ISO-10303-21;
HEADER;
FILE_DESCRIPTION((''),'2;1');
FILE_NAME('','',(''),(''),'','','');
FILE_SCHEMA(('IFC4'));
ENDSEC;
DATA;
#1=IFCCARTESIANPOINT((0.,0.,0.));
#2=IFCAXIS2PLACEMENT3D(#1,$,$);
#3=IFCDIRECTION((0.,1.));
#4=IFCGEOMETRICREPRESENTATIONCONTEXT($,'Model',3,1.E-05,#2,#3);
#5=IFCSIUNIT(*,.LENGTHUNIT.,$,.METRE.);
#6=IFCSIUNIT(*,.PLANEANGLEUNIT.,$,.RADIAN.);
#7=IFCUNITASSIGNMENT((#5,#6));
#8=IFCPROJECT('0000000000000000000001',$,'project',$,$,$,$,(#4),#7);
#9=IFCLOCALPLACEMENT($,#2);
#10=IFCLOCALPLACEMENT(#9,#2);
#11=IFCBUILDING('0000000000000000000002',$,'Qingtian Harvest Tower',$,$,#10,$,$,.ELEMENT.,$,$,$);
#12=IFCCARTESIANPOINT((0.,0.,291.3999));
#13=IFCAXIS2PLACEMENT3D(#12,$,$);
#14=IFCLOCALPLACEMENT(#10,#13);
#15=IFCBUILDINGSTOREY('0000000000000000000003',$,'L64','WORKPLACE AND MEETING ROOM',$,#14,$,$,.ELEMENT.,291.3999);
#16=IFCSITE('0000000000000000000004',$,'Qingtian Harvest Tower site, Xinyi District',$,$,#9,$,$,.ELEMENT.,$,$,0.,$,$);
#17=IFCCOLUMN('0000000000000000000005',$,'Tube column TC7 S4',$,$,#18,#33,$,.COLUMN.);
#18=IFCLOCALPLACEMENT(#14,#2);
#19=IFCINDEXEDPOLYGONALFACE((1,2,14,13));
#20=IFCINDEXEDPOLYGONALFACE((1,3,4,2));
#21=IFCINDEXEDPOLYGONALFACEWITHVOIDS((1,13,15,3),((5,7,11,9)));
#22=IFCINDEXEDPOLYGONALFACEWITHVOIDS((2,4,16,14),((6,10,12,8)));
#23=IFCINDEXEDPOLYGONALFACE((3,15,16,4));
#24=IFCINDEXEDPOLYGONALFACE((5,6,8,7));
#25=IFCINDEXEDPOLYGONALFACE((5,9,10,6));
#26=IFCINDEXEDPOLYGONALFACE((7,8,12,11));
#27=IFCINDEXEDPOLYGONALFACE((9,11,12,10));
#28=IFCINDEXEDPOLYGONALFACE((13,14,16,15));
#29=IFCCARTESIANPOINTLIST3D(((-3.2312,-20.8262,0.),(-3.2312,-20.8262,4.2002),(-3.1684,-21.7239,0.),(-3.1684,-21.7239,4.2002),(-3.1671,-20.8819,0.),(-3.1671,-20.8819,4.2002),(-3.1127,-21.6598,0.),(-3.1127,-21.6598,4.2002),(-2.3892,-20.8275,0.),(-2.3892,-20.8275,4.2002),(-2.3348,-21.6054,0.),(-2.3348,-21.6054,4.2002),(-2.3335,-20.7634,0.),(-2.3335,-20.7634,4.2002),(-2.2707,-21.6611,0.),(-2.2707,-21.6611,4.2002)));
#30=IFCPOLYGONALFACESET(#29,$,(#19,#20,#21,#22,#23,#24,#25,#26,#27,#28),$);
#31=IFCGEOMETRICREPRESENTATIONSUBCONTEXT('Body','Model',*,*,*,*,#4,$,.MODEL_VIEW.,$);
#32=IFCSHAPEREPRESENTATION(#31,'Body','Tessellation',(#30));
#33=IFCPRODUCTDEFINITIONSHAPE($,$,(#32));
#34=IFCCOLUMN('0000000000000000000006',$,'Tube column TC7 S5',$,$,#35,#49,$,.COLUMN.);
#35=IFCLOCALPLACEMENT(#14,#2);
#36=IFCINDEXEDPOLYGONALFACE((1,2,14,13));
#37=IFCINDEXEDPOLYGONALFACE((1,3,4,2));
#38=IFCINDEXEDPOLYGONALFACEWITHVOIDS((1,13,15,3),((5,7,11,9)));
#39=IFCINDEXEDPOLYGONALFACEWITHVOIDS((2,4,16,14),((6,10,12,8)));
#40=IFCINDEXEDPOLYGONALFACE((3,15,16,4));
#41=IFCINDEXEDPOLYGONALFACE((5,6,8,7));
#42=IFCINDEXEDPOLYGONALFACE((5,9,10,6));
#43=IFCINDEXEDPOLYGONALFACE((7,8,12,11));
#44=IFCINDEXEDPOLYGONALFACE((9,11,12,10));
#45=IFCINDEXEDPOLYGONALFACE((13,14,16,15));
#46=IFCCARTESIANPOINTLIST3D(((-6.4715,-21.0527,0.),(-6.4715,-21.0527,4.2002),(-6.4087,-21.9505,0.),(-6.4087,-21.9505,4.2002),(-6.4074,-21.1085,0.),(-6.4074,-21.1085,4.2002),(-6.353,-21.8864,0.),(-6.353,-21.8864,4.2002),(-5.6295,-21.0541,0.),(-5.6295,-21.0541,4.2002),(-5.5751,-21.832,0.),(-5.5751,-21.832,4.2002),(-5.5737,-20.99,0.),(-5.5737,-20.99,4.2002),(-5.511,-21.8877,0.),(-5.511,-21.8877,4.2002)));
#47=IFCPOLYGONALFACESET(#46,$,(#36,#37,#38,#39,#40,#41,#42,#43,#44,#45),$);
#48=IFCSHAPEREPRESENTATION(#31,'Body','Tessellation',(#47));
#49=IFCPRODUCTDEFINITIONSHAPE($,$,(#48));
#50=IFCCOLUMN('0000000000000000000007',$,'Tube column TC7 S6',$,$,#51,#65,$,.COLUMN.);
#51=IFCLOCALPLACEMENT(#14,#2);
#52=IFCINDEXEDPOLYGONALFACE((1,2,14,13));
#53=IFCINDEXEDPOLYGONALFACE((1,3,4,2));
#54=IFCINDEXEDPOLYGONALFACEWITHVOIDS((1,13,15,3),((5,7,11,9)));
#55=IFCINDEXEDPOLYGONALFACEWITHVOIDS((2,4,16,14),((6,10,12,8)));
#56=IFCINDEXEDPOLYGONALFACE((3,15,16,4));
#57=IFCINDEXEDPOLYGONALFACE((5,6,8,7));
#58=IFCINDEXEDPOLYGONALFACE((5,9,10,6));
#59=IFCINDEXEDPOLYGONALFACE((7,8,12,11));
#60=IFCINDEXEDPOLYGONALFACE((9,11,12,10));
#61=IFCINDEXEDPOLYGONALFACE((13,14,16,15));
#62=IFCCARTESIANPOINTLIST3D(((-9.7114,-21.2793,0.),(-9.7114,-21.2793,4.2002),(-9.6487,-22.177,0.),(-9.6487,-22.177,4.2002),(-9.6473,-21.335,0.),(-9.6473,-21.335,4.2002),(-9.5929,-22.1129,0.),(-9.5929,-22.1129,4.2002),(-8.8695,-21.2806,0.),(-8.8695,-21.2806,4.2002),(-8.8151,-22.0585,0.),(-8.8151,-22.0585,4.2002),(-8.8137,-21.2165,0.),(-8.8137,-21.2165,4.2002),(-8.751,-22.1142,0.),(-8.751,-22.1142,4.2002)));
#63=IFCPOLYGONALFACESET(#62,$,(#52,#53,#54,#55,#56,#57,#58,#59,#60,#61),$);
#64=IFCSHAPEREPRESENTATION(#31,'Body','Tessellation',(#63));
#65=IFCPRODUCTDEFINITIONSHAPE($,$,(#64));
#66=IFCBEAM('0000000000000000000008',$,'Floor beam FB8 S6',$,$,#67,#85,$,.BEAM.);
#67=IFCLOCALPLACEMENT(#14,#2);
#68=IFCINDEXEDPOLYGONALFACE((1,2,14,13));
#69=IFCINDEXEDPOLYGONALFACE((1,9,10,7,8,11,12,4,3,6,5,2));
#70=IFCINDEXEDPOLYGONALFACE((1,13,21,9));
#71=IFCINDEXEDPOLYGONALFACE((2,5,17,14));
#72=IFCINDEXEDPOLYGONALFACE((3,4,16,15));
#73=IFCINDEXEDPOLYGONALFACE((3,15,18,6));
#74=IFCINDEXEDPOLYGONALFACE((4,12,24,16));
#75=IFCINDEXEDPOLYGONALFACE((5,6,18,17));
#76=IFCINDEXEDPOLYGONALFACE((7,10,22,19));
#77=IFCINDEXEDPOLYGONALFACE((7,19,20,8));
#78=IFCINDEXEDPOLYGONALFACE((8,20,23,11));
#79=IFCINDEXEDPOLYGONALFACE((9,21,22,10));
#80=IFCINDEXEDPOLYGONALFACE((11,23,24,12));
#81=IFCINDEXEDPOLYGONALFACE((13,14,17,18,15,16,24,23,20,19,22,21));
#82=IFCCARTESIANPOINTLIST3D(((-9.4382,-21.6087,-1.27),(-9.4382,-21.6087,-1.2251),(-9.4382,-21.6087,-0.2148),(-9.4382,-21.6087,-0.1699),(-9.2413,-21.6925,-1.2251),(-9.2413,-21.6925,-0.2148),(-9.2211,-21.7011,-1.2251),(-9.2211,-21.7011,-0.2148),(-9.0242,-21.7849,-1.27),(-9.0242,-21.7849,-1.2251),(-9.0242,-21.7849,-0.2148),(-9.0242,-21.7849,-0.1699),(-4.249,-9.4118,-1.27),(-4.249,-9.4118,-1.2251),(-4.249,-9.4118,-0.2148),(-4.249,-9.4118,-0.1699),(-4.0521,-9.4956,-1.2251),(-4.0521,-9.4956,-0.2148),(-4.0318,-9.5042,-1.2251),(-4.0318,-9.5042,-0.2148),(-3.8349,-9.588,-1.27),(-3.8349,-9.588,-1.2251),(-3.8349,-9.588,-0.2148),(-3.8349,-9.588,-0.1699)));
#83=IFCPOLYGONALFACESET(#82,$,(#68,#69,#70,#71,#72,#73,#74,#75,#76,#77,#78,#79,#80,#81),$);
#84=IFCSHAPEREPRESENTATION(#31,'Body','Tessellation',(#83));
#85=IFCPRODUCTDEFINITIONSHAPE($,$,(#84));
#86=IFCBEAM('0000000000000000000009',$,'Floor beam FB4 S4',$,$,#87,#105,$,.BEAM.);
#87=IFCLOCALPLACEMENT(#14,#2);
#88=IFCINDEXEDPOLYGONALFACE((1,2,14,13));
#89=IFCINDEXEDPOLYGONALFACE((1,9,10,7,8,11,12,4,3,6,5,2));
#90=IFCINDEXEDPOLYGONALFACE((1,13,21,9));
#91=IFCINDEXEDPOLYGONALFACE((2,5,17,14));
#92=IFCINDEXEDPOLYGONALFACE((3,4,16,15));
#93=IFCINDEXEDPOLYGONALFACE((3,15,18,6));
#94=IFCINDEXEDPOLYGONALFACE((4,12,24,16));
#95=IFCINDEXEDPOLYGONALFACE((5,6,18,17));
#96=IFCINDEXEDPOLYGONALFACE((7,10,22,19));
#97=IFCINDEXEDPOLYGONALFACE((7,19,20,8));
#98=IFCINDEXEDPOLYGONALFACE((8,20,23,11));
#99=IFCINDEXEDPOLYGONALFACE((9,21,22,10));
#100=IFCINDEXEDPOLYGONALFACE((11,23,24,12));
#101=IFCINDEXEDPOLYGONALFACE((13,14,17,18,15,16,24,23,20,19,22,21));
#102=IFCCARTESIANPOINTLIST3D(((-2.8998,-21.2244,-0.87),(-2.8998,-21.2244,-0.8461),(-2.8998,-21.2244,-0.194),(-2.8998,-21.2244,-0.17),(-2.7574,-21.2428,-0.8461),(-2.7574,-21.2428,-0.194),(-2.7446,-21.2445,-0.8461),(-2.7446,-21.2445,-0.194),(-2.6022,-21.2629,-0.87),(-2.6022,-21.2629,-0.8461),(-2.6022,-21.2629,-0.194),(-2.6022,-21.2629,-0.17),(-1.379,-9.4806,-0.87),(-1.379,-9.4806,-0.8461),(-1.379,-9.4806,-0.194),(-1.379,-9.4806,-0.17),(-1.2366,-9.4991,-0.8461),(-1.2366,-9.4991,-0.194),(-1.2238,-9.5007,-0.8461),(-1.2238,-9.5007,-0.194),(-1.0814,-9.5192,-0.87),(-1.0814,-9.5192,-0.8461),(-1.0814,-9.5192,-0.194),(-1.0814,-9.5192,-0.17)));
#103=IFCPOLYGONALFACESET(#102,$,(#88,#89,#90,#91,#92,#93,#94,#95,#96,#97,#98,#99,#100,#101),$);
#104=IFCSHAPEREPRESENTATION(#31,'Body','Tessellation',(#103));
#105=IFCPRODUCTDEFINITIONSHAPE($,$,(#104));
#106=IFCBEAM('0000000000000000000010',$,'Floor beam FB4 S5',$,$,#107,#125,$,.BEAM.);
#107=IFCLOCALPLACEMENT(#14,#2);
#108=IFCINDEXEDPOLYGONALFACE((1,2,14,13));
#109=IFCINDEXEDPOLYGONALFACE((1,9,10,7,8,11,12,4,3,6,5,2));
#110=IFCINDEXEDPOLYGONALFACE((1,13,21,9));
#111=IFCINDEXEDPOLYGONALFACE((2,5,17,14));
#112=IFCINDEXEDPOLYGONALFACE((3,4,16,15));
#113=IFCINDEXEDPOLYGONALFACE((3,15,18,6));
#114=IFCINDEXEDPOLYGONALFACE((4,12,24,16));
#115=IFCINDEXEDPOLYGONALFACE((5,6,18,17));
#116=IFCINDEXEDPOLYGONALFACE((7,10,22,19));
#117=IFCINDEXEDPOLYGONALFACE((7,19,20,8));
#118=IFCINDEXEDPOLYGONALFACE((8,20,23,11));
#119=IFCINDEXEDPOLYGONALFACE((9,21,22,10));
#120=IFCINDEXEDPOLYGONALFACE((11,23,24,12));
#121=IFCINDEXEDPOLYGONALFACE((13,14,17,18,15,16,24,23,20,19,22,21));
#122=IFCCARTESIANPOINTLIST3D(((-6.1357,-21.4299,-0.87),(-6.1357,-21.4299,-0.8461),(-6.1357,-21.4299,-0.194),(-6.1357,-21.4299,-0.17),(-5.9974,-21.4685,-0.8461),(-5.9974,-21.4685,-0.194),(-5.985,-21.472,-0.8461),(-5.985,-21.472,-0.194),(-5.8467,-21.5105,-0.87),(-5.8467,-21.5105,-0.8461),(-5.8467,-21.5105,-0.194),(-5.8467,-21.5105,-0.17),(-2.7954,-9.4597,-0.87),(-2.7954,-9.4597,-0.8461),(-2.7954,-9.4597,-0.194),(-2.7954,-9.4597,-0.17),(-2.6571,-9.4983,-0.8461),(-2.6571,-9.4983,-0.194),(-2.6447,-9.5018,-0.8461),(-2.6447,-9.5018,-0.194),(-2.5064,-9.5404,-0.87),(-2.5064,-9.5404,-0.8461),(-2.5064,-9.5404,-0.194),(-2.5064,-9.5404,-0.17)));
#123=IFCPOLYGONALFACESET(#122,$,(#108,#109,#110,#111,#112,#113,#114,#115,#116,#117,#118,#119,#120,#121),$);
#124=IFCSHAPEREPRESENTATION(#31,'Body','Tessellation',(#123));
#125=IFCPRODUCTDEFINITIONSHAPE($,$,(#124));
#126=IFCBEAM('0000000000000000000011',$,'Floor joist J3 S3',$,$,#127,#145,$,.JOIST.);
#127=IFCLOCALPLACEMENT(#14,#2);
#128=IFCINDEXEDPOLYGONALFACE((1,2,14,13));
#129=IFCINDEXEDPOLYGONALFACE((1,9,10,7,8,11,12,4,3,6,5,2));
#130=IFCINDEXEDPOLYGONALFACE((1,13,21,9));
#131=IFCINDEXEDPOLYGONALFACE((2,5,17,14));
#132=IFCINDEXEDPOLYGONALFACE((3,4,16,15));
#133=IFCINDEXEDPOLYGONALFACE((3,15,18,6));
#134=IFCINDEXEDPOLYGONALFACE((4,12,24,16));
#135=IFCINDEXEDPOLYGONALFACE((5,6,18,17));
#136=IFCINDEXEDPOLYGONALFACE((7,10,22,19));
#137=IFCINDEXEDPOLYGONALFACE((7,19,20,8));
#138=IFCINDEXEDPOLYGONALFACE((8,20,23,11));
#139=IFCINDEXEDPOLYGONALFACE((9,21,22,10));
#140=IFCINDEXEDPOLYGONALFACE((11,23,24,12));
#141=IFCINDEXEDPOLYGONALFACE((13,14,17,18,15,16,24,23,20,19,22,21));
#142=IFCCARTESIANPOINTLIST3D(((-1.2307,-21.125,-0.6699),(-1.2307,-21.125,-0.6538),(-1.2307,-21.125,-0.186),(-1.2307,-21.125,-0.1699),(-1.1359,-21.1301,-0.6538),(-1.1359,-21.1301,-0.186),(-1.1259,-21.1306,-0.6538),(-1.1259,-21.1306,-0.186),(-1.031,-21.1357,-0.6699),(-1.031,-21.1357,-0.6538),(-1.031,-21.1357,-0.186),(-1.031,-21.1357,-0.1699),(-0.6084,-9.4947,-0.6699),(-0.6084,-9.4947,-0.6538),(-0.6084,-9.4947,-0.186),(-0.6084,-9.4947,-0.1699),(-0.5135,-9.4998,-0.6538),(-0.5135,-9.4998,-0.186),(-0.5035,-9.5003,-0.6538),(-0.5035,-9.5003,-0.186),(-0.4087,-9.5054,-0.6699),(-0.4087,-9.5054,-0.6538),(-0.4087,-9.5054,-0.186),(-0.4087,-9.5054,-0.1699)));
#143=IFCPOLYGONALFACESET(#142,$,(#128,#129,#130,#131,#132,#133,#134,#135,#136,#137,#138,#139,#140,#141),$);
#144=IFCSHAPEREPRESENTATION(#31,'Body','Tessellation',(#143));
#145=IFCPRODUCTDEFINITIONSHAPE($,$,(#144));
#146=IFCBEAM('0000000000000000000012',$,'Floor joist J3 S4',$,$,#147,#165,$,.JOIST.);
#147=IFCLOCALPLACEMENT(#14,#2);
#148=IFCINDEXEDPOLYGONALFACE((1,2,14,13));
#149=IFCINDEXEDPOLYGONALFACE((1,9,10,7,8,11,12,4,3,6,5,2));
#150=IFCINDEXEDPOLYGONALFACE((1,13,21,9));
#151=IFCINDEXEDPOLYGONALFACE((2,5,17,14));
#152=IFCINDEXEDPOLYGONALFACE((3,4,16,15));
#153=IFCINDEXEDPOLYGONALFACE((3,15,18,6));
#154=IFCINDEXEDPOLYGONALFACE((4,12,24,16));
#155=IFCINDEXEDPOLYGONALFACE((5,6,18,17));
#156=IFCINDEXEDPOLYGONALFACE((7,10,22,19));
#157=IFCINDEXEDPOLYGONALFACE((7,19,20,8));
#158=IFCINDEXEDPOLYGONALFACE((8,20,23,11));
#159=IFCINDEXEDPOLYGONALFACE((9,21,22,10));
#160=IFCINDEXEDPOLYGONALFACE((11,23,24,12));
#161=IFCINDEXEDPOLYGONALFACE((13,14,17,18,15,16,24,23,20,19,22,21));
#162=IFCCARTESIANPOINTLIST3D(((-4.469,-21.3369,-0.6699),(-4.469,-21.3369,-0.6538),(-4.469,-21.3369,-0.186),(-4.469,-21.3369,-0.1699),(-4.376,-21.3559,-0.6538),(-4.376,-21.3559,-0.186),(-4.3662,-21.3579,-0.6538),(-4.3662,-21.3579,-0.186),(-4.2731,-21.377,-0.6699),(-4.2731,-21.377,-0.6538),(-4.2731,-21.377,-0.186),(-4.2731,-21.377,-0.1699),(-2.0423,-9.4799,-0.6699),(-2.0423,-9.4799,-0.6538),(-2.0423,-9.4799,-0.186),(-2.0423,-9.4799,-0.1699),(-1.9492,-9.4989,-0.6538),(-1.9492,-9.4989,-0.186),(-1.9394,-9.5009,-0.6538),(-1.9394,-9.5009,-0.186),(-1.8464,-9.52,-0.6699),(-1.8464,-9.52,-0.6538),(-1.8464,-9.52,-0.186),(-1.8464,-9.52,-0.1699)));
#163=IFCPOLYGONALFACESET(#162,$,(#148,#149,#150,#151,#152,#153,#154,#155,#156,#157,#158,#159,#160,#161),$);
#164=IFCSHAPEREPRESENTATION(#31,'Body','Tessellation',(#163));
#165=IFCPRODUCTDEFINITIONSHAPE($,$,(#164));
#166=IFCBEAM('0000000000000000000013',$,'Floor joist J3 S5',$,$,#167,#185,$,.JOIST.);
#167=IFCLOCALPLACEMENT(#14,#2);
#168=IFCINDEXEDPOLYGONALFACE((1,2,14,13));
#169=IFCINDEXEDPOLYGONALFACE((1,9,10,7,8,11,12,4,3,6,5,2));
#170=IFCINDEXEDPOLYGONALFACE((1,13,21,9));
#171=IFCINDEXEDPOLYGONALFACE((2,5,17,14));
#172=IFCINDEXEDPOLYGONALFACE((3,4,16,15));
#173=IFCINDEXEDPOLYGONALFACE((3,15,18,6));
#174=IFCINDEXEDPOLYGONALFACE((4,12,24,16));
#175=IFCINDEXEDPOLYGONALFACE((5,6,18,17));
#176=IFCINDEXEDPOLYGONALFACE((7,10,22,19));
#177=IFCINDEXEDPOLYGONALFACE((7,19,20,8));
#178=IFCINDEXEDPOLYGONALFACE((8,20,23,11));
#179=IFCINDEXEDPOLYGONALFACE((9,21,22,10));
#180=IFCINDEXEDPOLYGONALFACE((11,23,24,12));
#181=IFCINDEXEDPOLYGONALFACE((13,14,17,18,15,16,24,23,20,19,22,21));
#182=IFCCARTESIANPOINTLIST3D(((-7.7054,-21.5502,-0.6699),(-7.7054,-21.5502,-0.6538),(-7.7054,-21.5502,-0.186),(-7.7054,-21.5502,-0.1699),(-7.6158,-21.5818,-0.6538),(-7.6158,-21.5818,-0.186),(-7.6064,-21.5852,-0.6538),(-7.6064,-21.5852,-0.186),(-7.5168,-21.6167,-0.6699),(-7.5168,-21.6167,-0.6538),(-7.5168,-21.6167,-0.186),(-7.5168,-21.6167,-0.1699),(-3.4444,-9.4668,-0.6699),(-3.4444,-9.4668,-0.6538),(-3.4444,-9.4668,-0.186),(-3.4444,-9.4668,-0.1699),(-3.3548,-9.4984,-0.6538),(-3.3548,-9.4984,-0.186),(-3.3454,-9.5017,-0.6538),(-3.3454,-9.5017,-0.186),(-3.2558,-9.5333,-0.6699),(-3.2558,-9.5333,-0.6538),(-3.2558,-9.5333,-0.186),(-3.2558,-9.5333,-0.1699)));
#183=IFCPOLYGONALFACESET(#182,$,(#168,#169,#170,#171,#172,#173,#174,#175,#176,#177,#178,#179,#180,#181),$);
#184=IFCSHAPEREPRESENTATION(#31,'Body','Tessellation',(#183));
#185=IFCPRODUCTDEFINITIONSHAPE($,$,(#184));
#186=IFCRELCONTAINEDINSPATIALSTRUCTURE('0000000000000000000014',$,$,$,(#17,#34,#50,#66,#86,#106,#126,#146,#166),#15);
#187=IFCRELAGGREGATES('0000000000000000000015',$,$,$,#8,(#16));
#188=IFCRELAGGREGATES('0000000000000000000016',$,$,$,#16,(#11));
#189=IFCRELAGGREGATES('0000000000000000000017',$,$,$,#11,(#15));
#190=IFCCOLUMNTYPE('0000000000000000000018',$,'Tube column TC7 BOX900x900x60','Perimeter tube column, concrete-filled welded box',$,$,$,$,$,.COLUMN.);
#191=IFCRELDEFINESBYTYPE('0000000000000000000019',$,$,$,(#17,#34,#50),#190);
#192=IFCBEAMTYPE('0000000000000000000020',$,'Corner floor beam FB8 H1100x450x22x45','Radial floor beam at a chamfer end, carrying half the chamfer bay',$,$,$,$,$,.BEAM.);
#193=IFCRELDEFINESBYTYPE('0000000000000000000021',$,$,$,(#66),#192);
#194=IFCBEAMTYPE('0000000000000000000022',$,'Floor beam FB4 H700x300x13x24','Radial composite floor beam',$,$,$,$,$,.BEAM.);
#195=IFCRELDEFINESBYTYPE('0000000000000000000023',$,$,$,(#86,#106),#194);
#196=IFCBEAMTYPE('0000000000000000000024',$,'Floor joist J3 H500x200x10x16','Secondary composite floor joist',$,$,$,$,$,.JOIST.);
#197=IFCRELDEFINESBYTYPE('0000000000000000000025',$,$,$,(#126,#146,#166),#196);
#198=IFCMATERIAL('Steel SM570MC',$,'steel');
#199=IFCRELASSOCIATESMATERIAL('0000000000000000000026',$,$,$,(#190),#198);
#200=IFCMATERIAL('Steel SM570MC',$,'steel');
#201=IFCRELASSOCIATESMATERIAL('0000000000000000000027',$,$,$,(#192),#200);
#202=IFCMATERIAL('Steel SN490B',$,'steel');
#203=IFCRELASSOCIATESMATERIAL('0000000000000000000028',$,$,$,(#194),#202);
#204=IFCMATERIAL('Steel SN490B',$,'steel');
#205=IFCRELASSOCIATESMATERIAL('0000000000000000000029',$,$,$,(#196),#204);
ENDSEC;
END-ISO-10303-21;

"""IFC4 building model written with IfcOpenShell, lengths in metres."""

from ifc_helpers import new_model, si_unit, direction, frame, origin, origin_2d, place, context, subcontext, project, spatial, hollow_rectangle, i_section, extrude, material, material_profile, profile_set, type_object, element, save


model = new_model("IFC4")

# Units and contexts
model_context = context("Model", 3, precision=1e-05, world=origin(), true_north=direction((0.0, 1.0)))
body_context = subcontext(model_context, "Body", "Model", "MODEL_VIEW")
ifc_project = project(units=[si_unit("LENGTHUNIT", "METRE"), si_unit("PLANEANGLEUNIT", "RADIAN")], contexts=[model_context])

# Site, building, storey
site_placement = place(None, origin())
site = spatial("IfcSite", under=ifc_project, at=site_placement, Name="Qingtian Harvest Tower site, Xinyi District", CompositionType="ELEMENT", RefElevation=0.0)
building_placement = place(site_placement, origin())
building = spatial("IfcBuilding", under=site, at=building_placement, Name="Qingtian Harvest Tower", CompositionType="ELEMENT")
storey_placement = place(building_placement, frame((0.0, 0.0, 291.3999)))
storey = spatial("IfcBuildingStorey", under=building, at=storey_placement, Name="L64", Description="WORKPLACE AND MEETING ROOM", CompositionType="ELEMENT", Elevation=291.3999)

# Columns
ifc_material_1 = material(Name="Steel SM570MC", Category="steel")
ifc_material_profile_1 = material_profile(ifc_material_1, hollow_rectangle(XDim=0.8999, YDim=0.8999, WallThickness=0.0601, at=origin_2d()), Name="BOX900x900x60")
ifc_profile_set_1 = profile_set([ifc_material_profile_1], Name="Steel SM570MC")
column_type = type_object("IfcColumnType", Name="Tube column TC7 BOX900x900x60", Description="Perimeter tube column, concrete-filled welded box", PredefinedType="COLUMN", material=ifc_profile_set_1)
for number, where, z_axis, x_axis, name in (
    (1, (-2.751, -21.2437, 0.0), (0.0, 0.0, 1.0), (0.997564, 0.069756, 0.0), "Tube column TC7 S4"),
    (2, (-5.9912, -21.4702, 0.0), (0.0, 0.0, 1.0), (0.997564, 0.069756, 0.0), "Tube column TC7 S5"),
    (3, (-9.2312, -21.6968, 0.0), (0.0, 0.0, 1.0), (0.997564, 0.069756, 0.0), "Tube column TC7 S6"),
):
    element("IfcColumn", number, at=place(storey_placement, frame(where, z_axis=z_axis, x_axis=x_axis)), inside=storey, type_object=column_type, Name=name, PredefinedType="COLUMN", context=body_context, shape_type="SweptSolid", body=[
        extrude(hollow_rectangle(XDim=0.8999, YDim=0.8999, WallThickness=0.0601, at=origin_2d()), origin(), (0.0, 0.0, 1.0), 4.2002),
    ])

# Beams
ifc_material_2 = material(Name="Steel SM570MC", Category="steel")
ifc_material_profile_2 = material_profile(ifc_material_2, i_section(OverallWidth=0.45, OverallDepth=1.1001, WebThickness=0.022, FlangeThickness=0.0449, at=origin_2d()), Name="H1100x450x22x45")
ifc_profile_set_2 = profile_set([ifc_material_profile_2], Name="Steel SM570MC")
beam_type_1 = type_object("IfcBeamType", Name="Corner floor beam FB8 H1100x450x22x45", Description="Radial floor beam at a chamfer end, carrying half the chamfer bay", PredefinedType="BEAM", material=ifc_profile_set_2)
beam_1_placement = place(storey_placement, frame((-9.2312, -21.6968, -0.72), z_axis=(0.391497, 0.920179, 0.0), x_axis=(-0.920179, 0.391497, 0.0)))
element("IfcBeam", 4, at=beam_1_placement, inside=storey, type_object=beam_type_1, Name="Floor beam FB8 S6", PredefinedType="BEAM", context=body_context, shape_type="SweptSolid", body=[
    extrude(i_section(OverallWidth=0.45, OverallDepth=1.1001, WebThickness=0.022, FlangeThickness=0.0449, at=origin_2d()), origin(), (0.0, 0.0, 1.0), 13.2549),
])
ifc_material_3 = material(Name="Steel SN490B", Category="steel")
ifc_material_profile_3 = material_profile(ifc_material_3, i_section(OverallWidth=0.3, OverallDepth=0.7, WebThickness=0.0129, FlangeThickness=0.0239, at=origin_2d()), Name="H700x300x13x24")
ifc_profile_set_3 = profile_set([ifc_material_profile_3], Name="Steel SN490B")
beam_type_2 = type_object("IfcBeamType", Name="Floor beam FB4 H700x300x13x24", Description="Radial composite floor beam", PredefinedType="BEAM", material=ifc_profile_set_3)
beam_2_placement = place(storey_placement, frame((-2.751, -21.2437, -0.52), z_axis=(0.128423, 0.991719, 0.0), x_axis=(-0.991719, 0.128423, 0.0)))
element("IfcBeam", 5, at=beam_2_placement, inside=storey, type_object=beam_type_2, Name="Floor beam FB4 S4", PredefinedType="BEAM", context=body_context, shape_type="SweptSolid", body=[
    extrude(i_section(OverallWidth=0.3, OverallDepth=0.7, WebThickness=0.0129, FlangeThickness=0.0239, at=origin_2d()), origin(), (0.0, 0.0, 1.0), 11.8418),
])
beam_3_placement = place(storey_placement, frame((-5.9912, -21.4702, -0.52), z_axis=(0.268785, 0.9632, 0.0), x_axis=(-0.9632, 0.268785, 0.0)))
element("IfcBeam", 6, at=beam_3_placement, inside=storey, type_object=beam_type_2, Name="Floor beam FB4 S5", PredefinedType="BEAM", context=body_context, shape_type="SweptSolid", body=[
    extrude(i_section(OverallWidth=0.3, OverallDepth=0.7, WebThickness=0.0129, FlangeThickness=0.0239, at=origin_2d()), origin(), (0.0, 0.0, 1.0), 12.4275),
])
ifc_material_4 = material(Name="Steel SN490B", Category="steel")
ifc_material_profile_4 = material_profile(ifc_material_4, i_section(OverallWidth=0.2, OverallDepth=0.5, WebThickness=0.01, FlangeThickness=0.0161, at=origin_2d()), Name="H500x200x10x16")
ifc_profile_set_4 = profile_set([ifc_material_profile_4], Name="Steel SN490B")
beam_type_3 = type_object("IfcBeamType", Name="Floor joist J3 H500x200x10x16", Description="Secondary composite floor joist", PredefinedType="JOIST", material=ifc_profile_set_4)
beam_4_placement = place(storey_placement, frame((-1.1309, -21.1304, -0.4199), z_axis=(0.053431, 0.998572, 0.0), x_axis=(-0.998572, 0.053431, 0.0)))
element("IfcBeam", 7, at=beam_4_placement, inside=storey, type_object=beam_type_3, Name="Floor joist J3 S3", PredefinedType="JOIST", context=body_context, shape_type="SweptSolid", body=[
    extrude(i_section(OverallWidth=0.2, OverallDepth=0.5, WebThickness=0.01, FlangeThickness=0.0161, at=origin_2d()), origin(), (0.0, 0.0, 1.0), 11.647),
])
beam_5_placement = place(storey_placement, frame((-4.3711, -21.3569, -0.4199), z_axis=(0.200513, 0.979691, 0.0), x_axis=(-0.979691, 0.200513, 0.0)))
element("IfcBeam", 8, at=beam_5_placement, inside=storey, type_object=beam_type_3, Name="Floor joist J3 S4", PredefinedType="JOIST", context=body_context, shape_type="SweptSolid", body=[
    extrude(i_section(OverallWidth=0.2, OverallDepth=0.5, WebThickness=0.01, FlangeThickness=0.0161, at=origin_2d()), origin(), (0.0, 0.0, 1.0), 12.1028),
])
beam_6_placement = place(storey_placement, frame((-7.6111, -21.5835, -0.4199), z_axis=(0.332558, 0.943083, 0.0), x_axis=(-0.943083, 0.332558, 0.0)))
element("IfcBeam", 9, at=beam_6_placement, inside=storey, type_object=beam_type_3, Name="Floor joist J3 S5", PredefinedType="JOIST", context=body_context, shape_type="SweptSolid", body=[
    extrude(i_section(OverallWidth=0.2, OverallDepth=0.5, WebThickness=0.01, FlangeThickness=0.0161, at=origin_2d()), origin(), (0.0, 0.0, 1.0), 12.8127),
])

save(model, "model.ifc")
